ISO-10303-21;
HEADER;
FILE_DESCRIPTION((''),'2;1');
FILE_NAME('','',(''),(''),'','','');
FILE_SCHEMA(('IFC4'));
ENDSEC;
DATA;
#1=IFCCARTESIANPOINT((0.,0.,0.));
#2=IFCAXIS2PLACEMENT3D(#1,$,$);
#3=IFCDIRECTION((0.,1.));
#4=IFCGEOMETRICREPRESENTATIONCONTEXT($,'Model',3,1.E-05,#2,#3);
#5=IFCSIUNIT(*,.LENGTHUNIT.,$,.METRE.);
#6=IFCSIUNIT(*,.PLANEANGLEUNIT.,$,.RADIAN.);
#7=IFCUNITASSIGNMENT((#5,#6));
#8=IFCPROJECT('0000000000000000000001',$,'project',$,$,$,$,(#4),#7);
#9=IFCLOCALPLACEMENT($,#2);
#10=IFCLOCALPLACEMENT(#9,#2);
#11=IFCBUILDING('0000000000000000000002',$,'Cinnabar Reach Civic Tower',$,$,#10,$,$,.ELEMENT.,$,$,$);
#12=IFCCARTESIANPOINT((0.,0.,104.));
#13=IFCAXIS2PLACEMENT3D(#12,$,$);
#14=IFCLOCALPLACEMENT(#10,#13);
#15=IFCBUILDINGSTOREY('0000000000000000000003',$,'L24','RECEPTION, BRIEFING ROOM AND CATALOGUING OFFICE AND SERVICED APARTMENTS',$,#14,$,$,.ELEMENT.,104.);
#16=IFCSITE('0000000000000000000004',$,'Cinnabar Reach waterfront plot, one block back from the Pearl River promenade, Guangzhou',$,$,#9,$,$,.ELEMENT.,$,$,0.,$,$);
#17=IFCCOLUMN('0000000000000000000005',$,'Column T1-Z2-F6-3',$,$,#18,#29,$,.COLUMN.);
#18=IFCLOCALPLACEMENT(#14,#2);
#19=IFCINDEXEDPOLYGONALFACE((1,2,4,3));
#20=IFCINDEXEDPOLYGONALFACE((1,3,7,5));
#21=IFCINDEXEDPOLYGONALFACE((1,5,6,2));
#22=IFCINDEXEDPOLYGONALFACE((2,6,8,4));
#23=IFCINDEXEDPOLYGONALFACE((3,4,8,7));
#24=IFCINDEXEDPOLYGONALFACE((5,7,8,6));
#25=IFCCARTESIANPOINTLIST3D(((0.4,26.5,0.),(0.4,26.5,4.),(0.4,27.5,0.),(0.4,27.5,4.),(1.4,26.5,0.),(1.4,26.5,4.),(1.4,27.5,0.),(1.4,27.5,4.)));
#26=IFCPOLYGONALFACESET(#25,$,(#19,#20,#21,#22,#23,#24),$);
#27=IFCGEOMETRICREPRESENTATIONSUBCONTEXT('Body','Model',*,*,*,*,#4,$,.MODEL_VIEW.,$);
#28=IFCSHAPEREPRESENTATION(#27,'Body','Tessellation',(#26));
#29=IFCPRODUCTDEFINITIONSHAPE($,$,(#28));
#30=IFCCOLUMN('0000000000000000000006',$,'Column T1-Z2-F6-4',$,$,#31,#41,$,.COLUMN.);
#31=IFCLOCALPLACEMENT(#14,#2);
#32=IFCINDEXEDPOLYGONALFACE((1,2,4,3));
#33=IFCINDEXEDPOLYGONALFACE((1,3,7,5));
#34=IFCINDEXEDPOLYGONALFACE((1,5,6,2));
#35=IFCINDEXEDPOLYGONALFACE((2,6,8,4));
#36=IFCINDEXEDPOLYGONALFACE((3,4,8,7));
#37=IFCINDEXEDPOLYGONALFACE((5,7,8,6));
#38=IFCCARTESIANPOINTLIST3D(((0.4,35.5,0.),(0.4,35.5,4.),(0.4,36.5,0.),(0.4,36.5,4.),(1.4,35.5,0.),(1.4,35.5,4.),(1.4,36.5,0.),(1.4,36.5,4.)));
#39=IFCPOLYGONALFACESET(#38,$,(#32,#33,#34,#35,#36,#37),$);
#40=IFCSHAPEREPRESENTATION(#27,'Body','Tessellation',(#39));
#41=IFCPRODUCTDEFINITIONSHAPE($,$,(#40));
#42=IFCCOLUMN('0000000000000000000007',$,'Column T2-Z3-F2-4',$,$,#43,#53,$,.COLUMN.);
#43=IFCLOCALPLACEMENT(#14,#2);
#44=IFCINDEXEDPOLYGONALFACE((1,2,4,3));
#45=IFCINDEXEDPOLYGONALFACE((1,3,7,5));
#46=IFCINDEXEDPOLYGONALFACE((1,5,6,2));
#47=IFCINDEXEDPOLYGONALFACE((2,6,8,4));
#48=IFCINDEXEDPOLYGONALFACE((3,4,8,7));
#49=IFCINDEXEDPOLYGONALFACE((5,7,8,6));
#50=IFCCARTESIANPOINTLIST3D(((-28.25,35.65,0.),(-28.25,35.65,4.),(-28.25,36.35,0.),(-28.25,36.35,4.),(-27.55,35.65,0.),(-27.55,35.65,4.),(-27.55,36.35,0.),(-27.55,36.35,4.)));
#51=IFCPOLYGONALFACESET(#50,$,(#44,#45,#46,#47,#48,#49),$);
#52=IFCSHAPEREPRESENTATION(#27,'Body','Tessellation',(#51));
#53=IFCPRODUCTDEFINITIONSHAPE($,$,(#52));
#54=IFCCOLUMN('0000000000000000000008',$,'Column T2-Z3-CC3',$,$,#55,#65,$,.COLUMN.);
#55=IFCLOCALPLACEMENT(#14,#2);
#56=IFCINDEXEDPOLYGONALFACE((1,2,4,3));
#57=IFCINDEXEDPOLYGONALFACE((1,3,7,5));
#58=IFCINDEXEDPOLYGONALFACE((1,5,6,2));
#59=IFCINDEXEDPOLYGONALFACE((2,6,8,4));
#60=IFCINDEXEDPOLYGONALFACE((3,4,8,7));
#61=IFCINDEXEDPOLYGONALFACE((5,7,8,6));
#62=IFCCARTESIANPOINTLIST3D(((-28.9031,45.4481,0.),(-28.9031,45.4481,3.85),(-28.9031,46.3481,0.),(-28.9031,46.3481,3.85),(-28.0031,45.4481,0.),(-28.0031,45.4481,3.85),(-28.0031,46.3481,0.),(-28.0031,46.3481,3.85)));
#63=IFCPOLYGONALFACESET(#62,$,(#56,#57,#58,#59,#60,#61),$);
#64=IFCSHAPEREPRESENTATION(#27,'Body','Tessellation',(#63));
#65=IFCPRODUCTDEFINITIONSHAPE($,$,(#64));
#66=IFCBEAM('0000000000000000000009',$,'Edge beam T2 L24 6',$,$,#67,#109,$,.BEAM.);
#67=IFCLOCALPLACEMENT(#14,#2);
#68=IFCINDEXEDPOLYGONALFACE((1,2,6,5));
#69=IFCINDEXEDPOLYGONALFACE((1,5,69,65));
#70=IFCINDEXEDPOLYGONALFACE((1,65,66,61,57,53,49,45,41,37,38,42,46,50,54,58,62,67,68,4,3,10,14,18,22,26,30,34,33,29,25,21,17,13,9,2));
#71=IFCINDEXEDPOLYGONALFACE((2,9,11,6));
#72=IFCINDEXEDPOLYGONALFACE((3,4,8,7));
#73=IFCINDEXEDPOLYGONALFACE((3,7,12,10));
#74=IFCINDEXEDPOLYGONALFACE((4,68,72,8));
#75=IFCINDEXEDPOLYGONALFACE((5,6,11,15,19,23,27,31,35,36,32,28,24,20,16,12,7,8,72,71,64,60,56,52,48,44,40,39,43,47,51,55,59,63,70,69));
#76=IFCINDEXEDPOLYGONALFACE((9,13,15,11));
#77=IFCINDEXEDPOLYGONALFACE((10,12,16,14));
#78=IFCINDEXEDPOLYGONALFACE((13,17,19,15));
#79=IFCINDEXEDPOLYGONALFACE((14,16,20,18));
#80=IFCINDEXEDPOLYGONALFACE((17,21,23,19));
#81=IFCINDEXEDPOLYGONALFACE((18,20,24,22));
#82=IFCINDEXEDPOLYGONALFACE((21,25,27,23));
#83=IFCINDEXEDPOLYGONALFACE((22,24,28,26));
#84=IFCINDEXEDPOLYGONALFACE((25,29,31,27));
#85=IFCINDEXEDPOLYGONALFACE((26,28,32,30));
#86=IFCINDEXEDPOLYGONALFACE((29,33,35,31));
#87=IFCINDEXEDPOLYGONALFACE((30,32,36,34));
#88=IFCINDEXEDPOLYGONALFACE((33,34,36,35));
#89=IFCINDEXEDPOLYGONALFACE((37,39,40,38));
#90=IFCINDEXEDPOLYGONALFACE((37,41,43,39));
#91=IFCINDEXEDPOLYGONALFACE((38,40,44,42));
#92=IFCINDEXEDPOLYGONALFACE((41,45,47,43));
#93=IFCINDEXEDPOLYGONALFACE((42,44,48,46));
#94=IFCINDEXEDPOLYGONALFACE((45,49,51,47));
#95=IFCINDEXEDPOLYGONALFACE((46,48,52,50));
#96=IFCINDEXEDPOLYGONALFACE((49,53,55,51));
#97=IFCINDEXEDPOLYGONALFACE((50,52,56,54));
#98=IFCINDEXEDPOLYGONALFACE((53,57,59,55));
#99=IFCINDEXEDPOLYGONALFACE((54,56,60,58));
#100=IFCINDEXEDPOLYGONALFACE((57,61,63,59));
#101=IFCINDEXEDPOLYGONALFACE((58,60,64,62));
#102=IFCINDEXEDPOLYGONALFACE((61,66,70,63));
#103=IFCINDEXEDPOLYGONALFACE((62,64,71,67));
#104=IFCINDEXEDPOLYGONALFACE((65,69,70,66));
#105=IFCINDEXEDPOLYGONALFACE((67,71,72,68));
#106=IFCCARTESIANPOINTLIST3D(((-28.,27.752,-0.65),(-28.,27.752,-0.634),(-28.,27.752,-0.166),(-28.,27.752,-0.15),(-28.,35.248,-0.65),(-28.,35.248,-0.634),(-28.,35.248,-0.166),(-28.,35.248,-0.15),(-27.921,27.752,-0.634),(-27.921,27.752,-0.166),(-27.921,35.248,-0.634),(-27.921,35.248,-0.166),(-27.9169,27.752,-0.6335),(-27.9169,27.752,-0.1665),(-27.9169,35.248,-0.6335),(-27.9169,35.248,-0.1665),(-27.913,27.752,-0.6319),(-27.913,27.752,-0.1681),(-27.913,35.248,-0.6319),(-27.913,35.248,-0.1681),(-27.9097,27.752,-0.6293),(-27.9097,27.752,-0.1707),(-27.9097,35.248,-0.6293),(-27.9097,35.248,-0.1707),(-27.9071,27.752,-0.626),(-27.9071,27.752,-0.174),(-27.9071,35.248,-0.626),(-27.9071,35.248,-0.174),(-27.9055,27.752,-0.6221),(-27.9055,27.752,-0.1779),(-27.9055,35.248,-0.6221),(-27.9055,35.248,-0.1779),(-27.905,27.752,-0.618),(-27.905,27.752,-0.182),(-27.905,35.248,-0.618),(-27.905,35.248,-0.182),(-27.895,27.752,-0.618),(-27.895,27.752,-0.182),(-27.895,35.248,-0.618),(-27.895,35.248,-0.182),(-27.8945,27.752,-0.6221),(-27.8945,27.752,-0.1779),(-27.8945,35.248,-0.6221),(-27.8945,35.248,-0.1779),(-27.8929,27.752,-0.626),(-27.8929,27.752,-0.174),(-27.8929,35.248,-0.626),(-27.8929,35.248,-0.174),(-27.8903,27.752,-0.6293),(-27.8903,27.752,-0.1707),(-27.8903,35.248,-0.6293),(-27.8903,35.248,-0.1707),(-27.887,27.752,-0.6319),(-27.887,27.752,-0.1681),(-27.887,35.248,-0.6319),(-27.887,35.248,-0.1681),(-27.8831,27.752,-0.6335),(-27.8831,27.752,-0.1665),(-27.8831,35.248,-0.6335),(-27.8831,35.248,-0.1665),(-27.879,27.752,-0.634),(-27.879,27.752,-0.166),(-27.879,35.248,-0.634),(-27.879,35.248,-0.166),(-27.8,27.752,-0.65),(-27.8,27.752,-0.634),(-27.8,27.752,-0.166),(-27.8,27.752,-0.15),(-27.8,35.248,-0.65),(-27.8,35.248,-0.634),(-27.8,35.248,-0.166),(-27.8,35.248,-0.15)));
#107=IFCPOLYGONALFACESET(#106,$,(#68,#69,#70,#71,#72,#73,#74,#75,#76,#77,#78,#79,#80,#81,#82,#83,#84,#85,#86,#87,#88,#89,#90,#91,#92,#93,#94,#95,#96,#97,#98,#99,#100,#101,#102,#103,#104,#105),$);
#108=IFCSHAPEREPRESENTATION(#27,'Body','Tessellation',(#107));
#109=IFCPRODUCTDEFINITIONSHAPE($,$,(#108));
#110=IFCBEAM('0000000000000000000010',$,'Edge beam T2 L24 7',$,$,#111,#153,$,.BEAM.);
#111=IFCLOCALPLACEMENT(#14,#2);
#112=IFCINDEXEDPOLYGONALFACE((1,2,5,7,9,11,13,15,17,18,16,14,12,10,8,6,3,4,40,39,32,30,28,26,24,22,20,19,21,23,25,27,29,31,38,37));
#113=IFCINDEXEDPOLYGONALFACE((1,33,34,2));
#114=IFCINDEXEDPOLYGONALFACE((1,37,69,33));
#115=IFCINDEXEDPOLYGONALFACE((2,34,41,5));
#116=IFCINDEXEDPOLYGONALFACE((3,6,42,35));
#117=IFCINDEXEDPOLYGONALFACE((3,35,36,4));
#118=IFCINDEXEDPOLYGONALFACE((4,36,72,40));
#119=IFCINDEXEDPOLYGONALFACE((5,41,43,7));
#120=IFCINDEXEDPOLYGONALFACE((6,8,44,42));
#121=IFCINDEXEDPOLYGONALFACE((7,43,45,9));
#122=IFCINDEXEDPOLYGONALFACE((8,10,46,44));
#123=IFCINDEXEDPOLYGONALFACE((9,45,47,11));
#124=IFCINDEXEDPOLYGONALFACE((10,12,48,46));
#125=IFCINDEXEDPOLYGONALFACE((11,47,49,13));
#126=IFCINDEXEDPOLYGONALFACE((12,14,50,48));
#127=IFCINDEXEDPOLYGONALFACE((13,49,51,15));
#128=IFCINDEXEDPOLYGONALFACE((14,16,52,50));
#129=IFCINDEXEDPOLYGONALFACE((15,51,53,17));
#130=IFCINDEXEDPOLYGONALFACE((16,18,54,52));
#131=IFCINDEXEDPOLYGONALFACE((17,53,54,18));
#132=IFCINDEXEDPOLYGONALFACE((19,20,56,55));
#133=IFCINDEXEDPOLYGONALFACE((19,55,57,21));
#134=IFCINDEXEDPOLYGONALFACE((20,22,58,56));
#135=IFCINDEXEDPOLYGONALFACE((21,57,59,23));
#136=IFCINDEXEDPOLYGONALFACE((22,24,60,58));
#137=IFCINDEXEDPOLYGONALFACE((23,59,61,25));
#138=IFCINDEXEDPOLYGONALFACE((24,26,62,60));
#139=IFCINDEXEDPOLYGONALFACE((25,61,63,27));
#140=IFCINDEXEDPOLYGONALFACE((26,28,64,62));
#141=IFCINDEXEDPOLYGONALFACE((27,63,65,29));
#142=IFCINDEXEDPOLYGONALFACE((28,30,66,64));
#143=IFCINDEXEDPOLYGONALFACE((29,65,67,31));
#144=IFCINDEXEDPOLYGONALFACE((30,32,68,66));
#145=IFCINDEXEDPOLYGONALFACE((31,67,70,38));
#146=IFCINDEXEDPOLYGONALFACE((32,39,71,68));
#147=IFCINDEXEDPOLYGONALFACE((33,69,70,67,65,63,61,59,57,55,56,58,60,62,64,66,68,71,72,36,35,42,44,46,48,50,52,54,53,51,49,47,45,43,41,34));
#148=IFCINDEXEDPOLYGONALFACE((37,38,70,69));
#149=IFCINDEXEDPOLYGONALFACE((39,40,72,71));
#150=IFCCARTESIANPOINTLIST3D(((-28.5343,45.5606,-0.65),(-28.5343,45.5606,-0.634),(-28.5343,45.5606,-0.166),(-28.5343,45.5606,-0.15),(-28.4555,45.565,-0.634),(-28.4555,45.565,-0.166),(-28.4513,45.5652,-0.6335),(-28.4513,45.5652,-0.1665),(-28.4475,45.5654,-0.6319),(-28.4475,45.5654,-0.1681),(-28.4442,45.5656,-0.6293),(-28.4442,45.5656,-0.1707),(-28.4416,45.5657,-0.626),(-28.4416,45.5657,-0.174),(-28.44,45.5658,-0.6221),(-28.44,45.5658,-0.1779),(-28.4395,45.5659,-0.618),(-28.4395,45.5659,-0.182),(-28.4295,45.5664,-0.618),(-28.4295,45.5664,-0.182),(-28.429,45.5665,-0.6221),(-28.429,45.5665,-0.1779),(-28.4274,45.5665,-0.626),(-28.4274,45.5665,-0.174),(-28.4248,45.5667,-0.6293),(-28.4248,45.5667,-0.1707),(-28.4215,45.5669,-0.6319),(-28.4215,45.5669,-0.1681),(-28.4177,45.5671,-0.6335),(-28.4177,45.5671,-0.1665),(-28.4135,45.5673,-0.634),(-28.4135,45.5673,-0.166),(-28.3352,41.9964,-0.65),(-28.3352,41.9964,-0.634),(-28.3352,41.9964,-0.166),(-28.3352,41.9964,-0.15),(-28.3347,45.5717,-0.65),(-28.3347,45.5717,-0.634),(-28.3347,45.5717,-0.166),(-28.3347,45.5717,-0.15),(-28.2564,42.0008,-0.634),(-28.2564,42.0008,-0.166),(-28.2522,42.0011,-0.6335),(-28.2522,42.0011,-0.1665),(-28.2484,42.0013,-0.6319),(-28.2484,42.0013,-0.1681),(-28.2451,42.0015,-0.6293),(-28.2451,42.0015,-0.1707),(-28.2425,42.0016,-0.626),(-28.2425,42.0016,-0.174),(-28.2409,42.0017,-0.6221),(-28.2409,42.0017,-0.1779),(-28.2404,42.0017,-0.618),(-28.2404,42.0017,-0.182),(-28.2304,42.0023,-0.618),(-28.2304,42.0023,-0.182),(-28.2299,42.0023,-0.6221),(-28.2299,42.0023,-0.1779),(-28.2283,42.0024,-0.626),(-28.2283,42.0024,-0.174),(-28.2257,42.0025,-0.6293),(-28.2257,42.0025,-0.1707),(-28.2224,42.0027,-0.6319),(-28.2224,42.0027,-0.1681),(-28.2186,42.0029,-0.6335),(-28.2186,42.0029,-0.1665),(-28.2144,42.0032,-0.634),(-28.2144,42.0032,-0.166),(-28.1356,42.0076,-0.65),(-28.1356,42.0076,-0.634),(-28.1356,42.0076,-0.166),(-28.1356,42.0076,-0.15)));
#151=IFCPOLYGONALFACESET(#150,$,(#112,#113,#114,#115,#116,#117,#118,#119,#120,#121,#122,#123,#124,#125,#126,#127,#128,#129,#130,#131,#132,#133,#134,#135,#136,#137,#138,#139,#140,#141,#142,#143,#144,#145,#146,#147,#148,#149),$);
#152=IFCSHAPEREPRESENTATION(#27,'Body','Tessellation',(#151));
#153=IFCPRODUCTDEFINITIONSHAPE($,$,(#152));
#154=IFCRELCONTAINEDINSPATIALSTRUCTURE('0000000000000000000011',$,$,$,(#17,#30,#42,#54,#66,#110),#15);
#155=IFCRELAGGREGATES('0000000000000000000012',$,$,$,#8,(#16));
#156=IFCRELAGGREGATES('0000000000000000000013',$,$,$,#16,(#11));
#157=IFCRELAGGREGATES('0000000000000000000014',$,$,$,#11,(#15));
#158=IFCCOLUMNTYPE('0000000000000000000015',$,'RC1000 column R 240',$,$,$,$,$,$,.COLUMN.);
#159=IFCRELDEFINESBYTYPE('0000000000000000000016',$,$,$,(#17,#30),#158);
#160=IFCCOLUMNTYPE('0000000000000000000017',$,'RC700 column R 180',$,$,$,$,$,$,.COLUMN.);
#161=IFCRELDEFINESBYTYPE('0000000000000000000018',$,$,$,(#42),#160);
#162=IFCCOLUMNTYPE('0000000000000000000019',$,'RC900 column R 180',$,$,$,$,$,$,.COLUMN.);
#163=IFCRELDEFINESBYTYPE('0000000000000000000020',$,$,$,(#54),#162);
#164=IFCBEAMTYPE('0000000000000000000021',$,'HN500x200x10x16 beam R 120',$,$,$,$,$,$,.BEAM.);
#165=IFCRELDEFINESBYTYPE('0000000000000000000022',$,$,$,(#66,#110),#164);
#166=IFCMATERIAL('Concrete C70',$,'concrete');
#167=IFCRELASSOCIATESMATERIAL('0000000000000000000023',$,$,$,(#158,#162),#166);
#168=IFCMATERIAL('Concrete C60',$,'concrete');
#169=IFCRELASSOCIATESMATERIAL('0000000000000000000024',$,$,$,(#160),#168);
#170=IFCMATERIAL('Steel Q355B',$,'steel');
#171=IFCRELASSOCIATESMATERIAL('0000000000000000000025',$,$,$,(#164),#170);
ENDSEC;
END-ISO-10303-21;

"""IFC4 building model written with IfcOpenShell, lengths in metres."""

from ifc_helpers import new_model, si_unit, direction, frame, origin, origin_2d, place, context, subcontext, project, spatial, rectangle, i_section, extrude, material, material_profile, profile_set, type_object, element, save


model = new_model("IFC4")

# Units and contexts
model_context = context("Model", 3, precision=1e-05, world=origin(), true_north=direction((0.0, 1.0)))
body_context = subcontext(model_context, "Body", "Model", "MODEL_VIEW")
ifc_project = project(units=[si_unit("LENGTHUNIT", "METRE"), si_unit("PLANEANGLEUNIT", "RADIAN")], contexts=[model_context])

# Site, building, storey
site_placement = place(None, origin())
site = spatial("IfcSite", under=ifc_project, at=site_placement, Name="Cinnabar Reach waterfront plot, one block back from the Pearl River promenade, Guangzhou", CompositionType="ELEMENT", RefElevation=0.0)
building_placement = place(site_placement, origin())
building = spatial("IfcBuilding", under=site, at=building_placement, Name="Cinnabar Reach Civic Tower", CompositionType="ELEMENT")
storey_placement = place(building_placement, frame((0.0, 0.0, 104.0)))
storey = spatial("IfcBuildingStorey", under=building, at=storey_placement, Name="L24", Description="RECEPTION, BRIEFING ROOM AND CATALOGUING OFFICE AND SERVICED APARTMENTS", CompositionType="ELEMENT", Elevation=104.0)

# Columns
ifc_material_1 = material(Name="Concrete C70", Category="concrete")
ifc_material_profile_1 = material_profile(ifc_material_1, rectangle(XDim=1.0, YDim=1.0, at=origin_2d()), Name="RC1000")
ifc_profile_set_1 = profile_set([ifc_material_profile_1], Name="Concrete C70")
column_type_1 = type_object("IfcColumnType", Name="RC1000 column R 240", PredefinedType="COLUMN", material=ifc_profile_set_1)
for number, where, z_axis, x_axis, name in (
    (1, (0.9, 27.0, 0.0), (0.0, 0.0, 1.0), (1.0, 0.0, 0.0), "Column T1-Z2-F6-3"),
    (2, (0.9, 36.0, 0.0), (0.0, 0.0, 1.0), (1.0, 0.0, 0.0), "Column T1-Z2-F6-4"),
):
    element("IfcColumn", number, at=place(storey_placement, frame(where, z_axis=z_axis, x_axis=x_axis)), inside=storey, type_object=column_type_1, Name=name, PredefinedType="COLUMN", context=body_context, shape_type="SweptSolid", body=[
        extrude(rectangle(XDim=1.0, YDim=1.0, at=origin_2d()), origin(), (0.0, 0.0, 1.0), 4.0),
    ])
ifc_material_2 = material(Name="Concrete C60", Category="concrete")
ifc_material_profile_2 = material_profile(ifc_material_2, rectangle(XDim=0.7, YDim=0.7, at=origin_2d()), Name="RC700")
ifc_profile_set_2 = profile_set([ifc_material_profile_2], Name="Concrete C60")
column_type_2 = type_object("IfcColumnType", Name="RC700 column R 180", PredefinedType="COLUMN", material=ifc_profile_set_2)
column_1_placement = place(storey_placement, frame((-27.9, 36.0, 0.0), z_axis=(0.0, 0.0, 1.0), x_axis=(1.0, 0.0, 0.0)))
element("IfcColumn", 3, at=column_1_placement, inside=storey, type_object=column_type_2, Name="Column T2-Z3-F2-4", PredefinedType="COLUMN", context=body_context, shape_type="SweptSolid", body=[
    extrude(rectangle(XDim=0.7, YDim=0.7, at=origin_2d()), origin(), (0.0, 0.0, 1.0), 4.0),
])
ifc_material_profile_3 = material_profile(ifc_material_1, rectangle(XDim=0.9, YDim=0.9, at=origin_2d()), Name="RC900")
ifc_profile_set_3 = profile_set([ifc_material_profile_3], Name="Concrete C70")
column_type_3 = type_object("IfcColumnType", Name="RC900 column R 180", PredefinedType="COLUMN", material=ifc_profile_set_3)
column_2_placement = place(storey_placement, frame((-28.4531, 45.8981, 0.0), z_axis=(0.0, 0.0, 1.0), x_axis=(1.0, 0.0, 0.0)))
element("IfcColumn", 4, at=column_2_placement, inside=storey, type_object=column_type_3, Name="Column T2-Z3-CC3", PredefinedType="COLUMN", context=body_context, shape_type="SweptSolid", body=[
    extrude(rectangle(XDim=0.9, YDim=0.9, at=origin_2d()), origin(), (0.0, 0.0, 1.0), 3.85),
])

# Beams
ifc_material_3 = material(Name="Steel Q355B", Category="steel")
ifc_material_profile_4 = material_profile(ifc_material_3, i_section(OverallWidth=0.2, OverallDepth=0.5, WebThickness=0.01, FlangeThickness=0.016, FilletRadius=0.016, at=origin_2d()), Name="HN500x200x10x16")
ifc_profile_set_4 = profile_set([ifc_material_profile_4], Name="Steel Q355B")
beam_type_1 = type_object("IfcBeamType", Name="HN500x200x10x16 beam R 120", PredefinedType="BEAM", material=ifc_profile_set_4)
beam_1_placement = place(storey_placement, frame((-27.9, 27.752, -0.4), z_axis=(0.0, 1.0, 0.0), x_axis=(-1.0, 0.0, 0.0)))
element("IfcBeam", 5, at=beam_1_placement, inside=storey, type_object=beam_type_1, Name="Edge beam T2 L24 6", PredefinedType="BEAM", context=body_context, shape_type="SweptSolid", body=[
    extrude(i_section(OverallWidth=0.2, OverallDepth=0.5, WebThickness=0.01, FlangeThickness=0.016, FilletRadius=0.016, at=origin_2d()), origin(), (0.0, 0.0, 1.0), 7.496),
])
beam_2_placement = place(storey_placement, frame((-28.2354, 42.002, -0.4), z_axis=(-0.055776, 0.998443, 0.0), x_axis=(-0.998443, -0.055776, 0.0)))
element("IfcBeam", 6, at=beam_2_placement, inside=storey, type_object=beam_type_1, Name="Edge beam T2 L24 7", PredefinedType="BEAM", context=body_context, shape_type="SweptSolid", body=[
    extrude(i_section(OverallWidth=0.2, OverallDepth=0.5, WebThickness=0.01, FlangeThickness=0.016, FilletRadius=0.016, at=origin_2d()), origin(), (0.0, 0.0, 1.0), 3.5697),
])

save(model, "model.ifc")
